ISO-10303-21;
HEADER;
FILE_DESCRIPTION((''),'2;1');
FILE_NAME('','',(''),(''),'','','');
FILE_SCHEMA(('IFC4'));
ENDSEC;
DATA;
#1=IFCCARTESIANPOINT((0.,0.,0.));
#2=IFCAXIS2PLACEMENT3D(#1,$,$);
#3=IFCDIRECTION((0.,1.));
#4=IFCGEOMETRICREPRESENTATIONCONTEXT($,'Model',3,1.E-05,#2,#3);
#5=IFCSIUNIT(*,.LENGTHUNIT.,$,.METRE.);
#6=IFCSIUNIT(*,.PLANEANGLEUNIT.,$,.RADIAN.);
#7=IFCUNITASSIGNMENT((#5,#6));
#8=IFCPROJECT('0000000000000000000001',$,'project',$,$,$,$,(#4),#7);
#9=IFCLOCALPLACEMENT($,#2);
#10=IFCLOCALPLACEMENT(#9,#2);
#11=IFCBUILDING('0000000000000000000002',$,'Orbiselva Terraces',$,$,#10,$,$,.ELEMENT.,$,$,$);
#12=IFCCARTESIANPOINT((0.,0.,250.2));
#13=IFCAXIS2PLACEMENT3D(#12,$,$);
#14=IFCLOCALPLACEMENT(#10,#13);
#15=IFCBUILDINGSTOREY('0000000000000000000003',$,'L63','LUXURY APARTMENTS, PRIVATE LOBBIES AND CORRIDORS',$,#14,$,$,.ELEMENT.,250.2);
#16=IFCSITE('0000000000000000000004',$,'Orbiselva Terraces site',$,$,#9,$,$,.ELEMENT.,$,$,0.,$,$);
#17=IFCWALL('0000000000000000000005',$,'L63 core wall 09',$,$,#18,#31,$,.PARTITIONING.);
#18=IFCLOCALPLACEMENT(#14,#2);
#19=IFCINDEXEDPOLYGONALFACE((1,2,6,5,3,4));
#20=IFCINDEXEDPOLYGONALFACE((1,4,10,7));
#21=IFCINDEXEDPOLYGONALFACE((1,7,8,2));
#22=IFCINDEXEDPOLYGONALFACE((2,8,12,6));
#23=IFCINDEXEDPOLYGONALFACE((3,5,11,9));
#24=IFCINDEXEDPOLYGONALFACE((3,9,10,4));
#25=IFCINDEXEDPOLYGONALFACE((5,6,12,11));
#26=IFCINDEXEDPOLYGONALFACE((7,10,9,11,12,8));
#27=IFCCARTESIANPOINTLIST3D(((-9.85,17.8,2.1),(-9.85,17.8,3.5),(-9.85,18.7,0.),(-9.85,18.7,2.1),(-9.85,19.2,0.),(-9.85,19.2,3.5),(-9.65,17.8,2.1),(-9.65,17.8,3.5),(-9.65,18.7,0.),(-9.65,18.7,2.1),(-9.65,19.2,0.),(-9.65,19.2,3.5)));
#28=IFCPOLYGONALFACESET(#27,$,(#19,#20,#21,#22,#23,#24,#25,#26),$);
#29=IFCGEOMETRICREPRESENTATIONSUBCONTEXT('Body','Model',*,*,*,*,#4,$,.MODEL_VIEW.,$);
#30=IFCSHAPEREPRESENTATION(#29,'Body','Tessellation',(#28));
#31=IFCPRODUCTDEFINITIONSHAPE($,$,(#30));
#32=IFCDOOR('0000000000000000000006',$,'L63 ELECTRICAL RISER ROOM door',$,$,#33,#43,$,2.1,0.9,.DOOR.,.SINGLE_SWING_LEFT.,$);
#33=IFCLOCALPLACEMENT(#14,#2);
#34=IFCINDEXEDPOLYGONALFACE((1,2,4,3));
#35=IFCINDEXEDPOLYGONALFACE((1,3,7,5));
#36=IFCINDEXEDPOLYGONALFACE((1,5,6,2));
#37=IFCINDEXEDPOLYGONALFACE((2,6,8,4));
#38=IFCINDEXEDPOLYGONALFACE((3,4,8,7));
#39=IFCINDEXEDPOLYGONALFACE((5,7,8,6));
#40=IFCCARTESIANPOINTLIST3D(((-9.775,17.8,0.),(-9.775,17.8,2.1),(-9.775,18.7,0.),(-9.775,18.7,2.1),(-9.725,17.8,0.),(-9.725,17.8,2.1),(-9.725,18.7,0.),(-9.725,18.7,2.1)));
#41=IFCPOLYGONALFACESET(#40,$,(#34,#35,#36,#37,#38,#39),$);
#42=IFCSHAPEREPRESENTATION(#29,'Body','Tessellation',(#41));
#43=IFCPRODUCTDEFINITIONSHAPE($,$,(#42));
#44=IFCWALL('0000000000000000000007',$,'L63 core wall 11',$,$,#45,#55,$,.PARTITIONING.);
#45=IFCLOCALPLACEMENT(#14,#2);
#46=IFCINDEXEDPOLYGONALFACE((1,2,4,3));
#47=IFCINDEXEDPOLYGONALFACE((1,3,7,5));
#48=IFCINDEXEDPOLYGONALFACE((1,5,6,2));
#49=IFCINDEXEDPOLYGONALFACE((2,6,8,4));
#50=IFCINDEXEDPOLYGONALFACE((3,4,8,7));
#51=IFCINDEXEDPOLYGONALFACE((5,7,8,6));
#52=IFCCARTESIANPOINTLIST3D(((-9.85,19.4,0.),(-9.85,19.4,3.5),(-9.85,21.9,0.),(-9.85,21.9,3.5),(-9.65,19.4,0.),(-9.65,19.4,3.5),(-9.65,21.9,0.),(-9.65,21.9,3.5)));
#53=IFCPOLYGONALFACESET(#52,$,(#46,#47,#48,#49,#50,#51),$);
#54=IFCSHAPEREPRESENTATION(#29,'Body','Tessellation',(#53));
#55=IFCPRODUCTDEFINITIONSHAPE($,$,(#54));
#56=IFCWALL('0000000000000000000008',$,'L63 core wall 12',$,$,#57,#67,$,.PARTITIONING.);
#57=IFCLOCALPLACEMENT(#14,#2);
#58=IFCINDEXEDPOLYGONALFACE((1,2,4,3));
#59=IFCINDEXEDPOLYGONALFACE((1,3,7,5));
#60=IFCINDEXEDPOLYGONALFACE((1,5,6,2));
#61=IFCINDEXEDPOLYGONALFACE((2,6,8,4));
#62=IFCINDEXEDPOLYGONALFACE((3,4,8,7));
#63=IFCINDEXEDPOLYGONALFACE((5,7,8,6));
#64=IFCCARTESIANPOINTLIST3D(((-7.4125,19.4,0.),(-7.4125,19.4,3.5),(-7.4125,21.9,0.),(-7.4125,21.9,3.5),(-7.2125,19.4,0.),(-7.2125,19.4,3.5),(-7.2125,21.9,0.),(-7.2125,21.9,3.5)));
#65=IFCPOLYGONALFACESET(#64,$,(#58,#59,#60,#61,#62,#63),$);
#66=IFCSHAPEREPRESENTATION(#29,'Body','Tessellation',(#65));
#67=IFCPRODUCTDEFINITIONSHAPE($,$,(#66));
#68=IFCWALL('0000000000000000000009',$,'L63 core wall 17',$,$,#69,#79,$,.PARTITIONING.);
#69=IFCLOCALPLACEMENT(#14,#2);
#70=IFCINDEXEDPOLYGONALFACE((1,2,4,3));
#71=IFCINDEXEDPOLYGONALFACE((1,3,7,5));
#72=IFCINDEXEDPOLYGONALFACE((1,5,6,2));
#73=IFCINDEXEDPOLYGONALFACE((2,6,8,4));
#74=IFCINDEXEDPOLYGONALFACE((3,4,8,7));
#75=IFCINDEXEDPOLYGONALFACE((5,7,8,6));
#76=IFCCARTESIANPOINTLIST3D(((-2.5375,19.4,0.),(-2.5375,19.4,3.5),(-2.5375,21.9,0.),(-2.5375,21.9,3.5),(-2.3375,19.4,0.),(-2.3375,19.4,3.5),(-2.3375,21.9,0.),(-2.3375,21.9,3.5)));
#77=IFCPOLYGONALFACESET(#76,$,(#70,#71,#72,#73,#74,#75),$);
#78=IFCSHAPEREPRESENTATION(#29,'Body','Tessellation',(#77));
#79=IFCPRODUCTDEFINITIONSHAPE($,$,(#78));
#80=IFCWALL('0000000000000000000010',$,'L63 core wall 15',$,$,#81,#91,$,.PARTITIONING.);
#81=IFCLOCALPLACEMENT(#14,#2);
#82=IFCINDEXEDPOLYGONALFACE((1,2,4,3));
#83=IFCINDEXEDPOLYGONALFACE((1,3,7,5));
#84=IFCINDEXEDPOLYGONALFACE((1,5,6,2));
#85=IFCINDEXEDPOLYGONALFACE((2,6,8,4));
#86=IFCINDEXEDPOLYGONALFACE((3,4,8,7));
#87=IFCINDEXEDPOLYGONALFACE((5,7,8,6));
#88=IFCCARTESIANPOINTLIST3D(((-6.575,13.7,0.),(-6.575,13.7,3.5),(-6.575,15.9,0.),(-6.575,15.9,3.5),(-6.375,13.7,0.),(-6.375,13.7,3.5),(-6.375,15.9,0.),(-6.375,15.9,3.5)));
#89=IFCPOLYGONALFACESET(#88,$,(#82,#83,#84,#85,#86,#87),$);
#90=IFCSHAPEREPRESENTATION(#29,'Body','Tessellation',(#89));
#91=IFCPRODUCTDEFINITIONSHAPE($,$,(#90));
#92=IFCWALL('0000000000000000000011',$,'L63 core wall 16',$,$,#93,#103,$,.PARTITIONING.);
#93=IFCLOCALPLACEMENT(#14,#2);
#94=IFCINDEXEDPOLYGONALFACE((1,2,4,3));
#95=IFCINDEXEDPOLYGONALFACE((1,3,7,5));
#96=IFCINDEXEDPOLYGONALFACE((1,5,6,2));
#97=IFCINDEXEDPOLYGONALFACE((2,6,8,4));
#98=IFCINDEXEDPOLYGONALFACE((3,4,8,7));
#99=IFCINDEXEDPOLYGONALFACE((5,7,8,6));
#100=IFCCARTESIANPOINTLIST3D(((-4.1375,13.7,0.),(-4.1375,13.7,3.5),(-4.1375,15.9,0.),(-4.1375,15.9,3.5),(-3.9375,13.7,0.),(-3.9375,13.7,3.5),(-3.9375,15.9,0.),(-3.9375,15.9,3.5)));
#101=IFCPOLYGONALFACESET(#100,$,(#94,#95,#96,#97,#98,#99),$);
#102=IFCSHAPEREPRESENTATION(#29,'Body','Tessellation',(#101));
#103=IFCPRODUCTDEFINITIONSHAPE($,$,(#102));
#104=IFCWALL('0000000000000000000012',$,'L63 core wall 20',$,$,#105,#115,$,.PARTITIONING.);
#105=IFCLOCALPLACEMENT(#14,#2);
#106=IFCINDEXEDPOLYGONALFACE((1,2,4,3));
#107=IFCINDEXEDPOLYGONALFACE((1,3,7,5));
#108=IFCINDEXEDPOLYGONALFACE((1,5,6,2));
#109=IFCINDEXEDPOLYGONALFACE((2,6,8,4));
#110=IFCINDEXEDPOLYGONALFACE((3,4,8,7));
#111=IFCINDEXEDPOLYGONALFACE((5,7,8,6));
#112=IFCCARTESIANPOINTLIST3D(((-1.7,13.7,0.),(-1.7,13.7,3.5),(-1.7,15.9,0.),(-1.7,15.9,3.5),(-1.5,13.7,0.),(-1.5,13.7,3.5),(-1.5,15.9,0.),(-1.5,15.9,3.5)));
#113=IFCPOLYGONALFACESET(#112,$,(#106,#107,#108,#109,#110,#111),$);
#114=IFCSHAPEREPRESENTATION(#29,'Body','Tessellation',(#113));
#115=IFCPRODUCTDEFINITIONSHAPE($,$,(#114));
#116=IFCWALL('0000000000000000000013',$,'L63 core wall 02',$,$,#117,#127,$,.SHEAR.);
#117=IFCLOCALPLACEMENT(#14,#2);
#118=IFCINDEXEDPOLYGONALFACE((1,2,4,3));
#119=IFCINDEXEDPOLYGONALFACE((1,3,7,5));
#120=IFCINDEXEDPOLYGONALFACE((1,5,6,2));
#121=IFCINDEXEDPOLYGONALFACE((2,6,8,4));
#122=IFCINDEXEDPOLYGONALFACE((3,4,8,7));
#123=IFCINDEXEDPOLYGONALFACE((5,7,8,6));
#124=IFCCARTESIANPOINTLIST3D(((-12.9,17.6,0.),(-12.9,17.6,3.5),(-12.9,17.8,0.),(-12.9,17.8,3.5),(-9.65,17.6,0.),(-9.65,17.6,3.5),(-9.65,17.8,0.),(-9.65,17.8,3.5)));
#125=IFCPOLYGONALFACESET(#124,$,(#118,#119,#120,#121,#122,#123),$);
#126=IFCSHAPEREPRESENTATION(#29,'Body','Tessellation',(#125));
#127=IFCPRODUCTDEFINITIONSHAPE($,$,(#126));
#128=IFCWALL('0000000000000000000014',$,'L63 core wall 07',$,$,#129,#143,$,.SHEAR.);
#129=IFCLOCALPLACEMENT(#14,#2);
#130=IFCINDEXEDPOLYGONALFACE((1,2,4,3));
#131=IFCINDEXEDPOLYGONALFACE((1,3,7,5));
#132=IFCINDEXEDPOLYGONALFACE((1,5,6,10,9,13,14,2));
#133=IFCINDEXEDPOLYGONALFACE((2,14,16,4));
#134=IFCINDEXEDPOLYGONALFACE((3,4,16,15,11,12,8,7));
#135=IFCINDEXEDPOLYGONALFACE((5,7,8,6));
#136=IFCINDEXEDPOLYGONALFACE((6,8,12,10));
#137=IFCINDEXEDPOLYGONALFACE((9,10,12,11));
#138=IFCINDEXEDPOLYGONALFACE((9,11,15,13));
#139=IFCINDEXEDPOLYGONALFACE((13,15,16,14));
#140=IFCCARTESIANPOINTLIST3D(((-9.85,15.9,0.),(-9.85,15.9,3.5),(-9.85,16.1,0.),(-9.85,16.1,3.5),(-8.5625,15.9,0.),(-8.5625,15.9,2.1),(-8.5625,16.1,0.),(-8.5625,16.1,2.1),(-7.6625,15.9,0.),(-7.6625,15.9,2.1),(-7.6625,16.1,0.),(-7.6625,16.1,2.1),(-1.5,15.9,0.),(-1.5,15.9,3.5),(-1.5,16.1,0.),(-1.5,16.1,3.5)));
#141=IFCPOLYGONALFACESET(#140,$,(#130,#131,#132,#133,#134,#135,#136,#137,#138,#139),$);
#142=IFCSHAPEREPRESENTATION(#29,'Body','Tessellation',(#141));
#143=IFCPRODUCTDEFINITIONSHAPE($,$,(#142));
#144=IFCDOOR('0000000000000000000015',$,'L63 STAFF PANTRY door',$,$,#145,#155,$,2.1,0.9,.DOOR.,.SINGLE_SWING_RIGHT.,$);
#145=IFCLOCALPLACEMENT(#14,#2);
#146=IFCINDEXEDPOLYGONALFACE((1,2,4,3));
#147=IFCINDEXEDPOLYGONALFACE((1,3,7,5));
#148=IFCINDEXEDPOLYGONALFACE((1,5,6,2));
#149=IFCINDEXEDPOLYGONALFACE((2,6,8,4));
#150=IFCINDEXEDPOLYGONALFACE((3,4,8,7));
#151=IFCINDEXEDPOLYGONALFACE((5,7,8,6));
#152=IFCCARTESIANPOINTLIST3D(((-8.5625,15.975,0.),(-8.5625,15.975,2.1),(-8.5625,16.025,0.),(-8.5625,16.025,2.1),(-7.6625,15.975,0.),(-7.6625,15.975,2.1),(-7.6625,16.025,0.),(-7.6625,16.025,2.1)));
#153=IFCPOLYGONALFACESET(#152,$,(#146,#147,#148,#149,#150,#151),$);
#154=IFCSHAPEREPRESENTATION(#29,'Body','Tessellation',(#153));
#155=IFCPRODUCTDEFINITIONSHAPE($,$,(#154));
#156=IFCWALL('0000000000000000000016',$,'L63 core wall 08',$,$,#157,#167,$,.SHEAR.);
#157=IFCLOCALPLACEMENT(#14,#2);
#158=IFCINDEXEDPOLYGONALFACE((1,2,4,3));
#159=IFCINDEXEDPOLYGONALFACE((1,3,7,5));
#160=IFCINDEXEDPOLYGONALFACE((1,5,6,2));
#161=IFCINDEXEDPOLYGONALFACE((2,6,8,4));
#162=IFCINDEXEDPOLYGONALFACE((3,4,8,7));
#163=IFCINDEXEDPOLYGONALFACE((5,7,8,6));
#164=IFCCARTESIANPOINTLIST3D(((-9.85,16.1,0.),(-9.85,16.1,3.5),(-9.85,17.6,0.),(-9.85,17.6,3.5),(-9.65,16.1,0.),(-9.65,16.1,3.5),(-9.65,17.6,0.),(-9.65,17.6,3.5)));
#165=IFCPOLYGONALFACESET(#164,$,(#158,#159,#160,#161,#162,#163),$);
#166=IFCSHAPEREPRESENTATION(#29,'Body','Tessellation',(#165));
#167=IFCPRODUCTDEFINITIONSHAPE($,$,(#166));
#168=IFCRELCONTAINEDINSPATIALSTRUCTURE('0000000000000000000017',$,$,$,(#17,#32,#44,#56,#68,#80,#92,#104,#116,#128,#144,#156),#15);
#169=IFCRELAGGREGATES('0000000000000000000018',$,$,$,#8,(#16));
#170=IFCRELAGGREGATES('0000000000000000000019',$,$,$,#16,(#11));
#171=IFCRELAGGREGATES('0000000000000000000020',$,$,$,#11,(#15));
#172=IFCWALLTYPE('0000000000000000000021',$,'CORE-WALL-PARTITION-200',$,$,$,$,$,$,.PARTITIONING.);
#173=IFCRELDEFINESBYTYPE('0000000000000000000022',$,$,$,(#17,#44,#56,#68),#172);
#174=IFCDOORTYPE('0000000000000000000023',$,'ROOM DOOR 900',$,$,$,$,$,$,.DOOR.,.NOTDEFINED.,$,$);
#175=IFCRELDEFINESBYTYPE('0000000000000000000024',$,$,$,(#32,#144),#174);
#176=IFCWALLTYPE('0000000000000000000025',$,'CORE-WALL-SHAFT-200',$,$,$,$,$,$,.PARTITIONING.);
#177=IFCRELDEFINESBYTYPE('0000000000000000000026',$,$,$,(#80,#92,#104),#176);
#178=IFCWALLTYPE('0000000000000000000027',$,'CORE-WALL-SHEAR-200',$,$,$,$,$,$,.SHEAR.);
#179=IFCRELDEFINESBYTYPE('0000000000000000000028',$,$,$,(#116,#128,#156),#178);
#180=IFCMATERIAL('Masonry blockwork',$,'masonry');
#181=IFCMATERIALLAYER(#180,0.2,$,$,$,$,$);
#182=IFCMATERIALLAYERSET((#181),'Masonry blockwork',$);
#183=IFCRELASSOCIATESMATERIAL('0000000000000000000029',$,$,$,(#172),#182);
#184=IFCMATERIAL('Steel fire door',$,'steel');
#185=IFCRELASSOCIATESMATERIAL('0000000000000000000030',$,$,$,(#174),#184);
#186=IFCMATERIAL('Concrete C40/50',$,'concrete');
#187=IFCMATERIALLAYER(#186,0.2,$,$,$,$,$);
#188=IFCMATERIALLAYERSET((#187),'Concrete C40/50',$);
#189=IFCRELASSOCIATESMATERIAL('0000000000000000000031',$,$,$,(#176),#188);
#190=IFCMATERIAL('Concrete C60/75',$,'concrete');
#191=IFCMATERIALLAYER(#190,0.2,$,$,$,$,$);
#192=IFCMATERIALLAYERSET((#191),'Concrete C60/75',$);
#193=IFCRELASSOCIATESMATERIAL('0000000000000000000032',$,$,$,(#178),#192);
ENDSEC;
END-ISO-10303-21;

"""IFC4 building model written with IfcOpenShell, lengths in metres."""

from ifc_helpers import new_model, si_unit, direction, frame, frame_2d, origin, place, context, subcontext, project, spatial, rectangle, extrude, material, layer, layer_set, type_object, element, fill, save


model = new_model("IFC4")

# Units and contexts
model_context = context("Model", 3, precision=1e-05, world=origin(), true_north=direction((0.0, 1.0)))
body_context = subcontext(model_context, "Body", "Model", "MODEL_VIEW")
ifc_project = project(units=[si_unit("LENGTHUNIT", "METRE"), si_unit("PLANEANGLEUNIT", "RADIAN")], contexts=[model_context])

# Site, building, storey
site_placement = place(None, origin())
site = spatial("IfcSite", under=ifc_project, at=site_placement, Name="Orbiselva Terraces site", CompositionType="ELEMENT", RefElevation=0.0)
building_placement = place(site_placement, origin())
building = spatial("IfcBuilding", under=site, at=building_placement, Name="Orbiselva Terraces", CompositionType="ELEMENT")
storey_placement = place(building_placement, frame((0.0, 0.0, 250.2)))
storey = spatial("IfcBuildingStorey", under=building, at=storey_placement, Name="L63", Description="LUXURY APARTMENTS, PRIVATE LOBBIES AND CORRIDORS", CompositionType="ELEMENT", Elevation=250.2)

# Wall, opening, door
ifc_material_1 = material(Name="Masonry blockwork", Category="masonry")
ifc_layer_1 = layer(ifc_material_1, 0.2)
ifc_layer_set_1 = layer_set([ifc_layer_1], Name="Masonry blockwork")
wall_type_1 = type_object("IfcWallType", Name="CORE-WALL-PARTITION-200", PredefinedType="PARTITIONING", material=ifc_layer_set_1)
wall_1_placement = place(storey_placement, frame((-9.75, 17.8, 0.0), z_axis=(0.0, 0.0, 1.0), x_axis=(0.0, 1.0, 0.0)))
wall_1 = element("IfcWall", 1, at=wall_1_placement, inside=storey, type_object=wall_type_1, Name="L63 core wall 09", PredefinedType="PARTITIONING", context=body_context, shape_type="SweptSolid", body=[
    extrude(rectangle(XDim=1.4, YDim=0.2, at=frame_2d((0.7, 0.0))), origin(), (0.0, 0.0, 1.0), 3.5),
])
opening_1_placement = place(wall_1_placement, origin())
opening_1 = element("IfcOpeningElement", 2, at=opening_1_placement, cuts=wall_1, PredefinedType="OPENING", context=body_context, shape_type="SweptSolid", body=[
    extrude(rectangle(XDim=0.9, YDim=2.1, at=frame_2d((0.45, 1.05))), frame((0.0, 0.11, 0.0), z_axis=(0.0, -1.0, 0.0), x_axis=(1.0, 0.0, 0.0)), (0.0, 0.0, 1.0), 0.22),
])
ifc_material_2 = material(Name="Steel fire door", Category="steel")
door_type_1 = type_object("IfcDoorType", Name="ROOM DOOR 900", OperationType="NOTDEFINED", PredefinedType="DOOR", material=ifc_material_2)
door_1_placement = place(opening_1_placement, origin())
door_1 = element("IfcDoor", 3, at=door_1_placement, inside=storey, type_object=door_type_1, Name="L63 ELECTRICAL RISER ROOM door", OperationType="SINGLE_SWING_LEFT", OverallHeight=2.1, OverallWidth=0.9, PredefinedType="DOOR", context=body_context, shape_type="SweptSolid", body=[
    extrude(rectangle(XDim=0.9, YDim=2.1, at=frame_2d((0.45, 1.05))), frame((0.0, 0.025, 0.0), z_axis=(0.0, -1.0, 0.0), x_axis=(1.0, 0.0, 0.0)), (0.0, 0.0, 1.0), 0.05),
])
fill(opening_1, door_1)

# Walls
for number, where, z_axis, x_axis, name in (
    (4, (-9.75, 19.4, 0.0), (0.0, 0.0, 1.0), (0.0, 1.0, 0.0), "L63 core wall 11"),
    (5, (-7.3125, 19.4, 0.0), (0.0, 0.0, 1.0), (0.0, 1.0, 0.0), "L63 core wall 12"),
    (6, (-2.4375, 19.4, 0.0), (0.0, 0.0, 1.0), (0.0, 1.0, 0.0), "L63 core wall 17"),
):
    element("IfcWall", number, at=place(storey_placement, frame(where, z_axis=z_axis, x_axis=x_axis)), inside=storey, type_object=wall_type_1, Name=name, PredefinedType="PARTITIONING", context=body_context, shape_type="SweptSolid", body=[
        extrude(rectangle(XDim=2.5, YDim=0.2, at=frame_2d((1.25, 0.0))), origin(), (0.0, 0.0, 1.0), 3.5),
    ])
ifc_material_3 = material(Name="Concrete C40/50", Category="concrete")
ifc_layer_2 = layer(ifc_material_3, 0.2)
ifc_layer_set_2 = layer_set([ifc_layer_2], Name="Concrete C40/50")
wall_type_2 = type_object("IfcWallType", Name="CORE-WALL-SHAFT-200", PredefinedType="PARTITIONING", material=ifc_layer_set_2)
for number, where, z_axis, x_axis, name in (
    (7, (-6.475, 13.7, 0.0), (0.0, 0.0, 1.0), (0.0, 1.0, 0.0), "L63 core wall 15"),
    (8, (-4.0375, 13.7, 0.0), (0.0, 0.0, 1.0), (0.0, 1.0, 0.0), "L63 core wall 16"),
    (9, (-1.6, 13.7, 0.0), (0.0, 0.0, 1.0), (0.0, 1.0, 0.0), "L63 core wall 20"),
):
    element("IfcWall", number, at=place(storey_placement, frame(where, z_axis=z_axis, x_axis=x_axis)), inside=storey, type_object=wall_type_2, Name=name, PredefinedType="PARTITIONING", context=body_context, shape_type="SweptSolid", body=[
        extrude(rectangle(XDim=2.2, YDim=0.2, at=frame_2d((1.1, 0.0))), origin(), (0.0, 0.0, 1.0), 3.5),
    ])
ifc_material_4 = material(Name="Concrete C60/75", Category="concrete")
ifc_layer_3 = layer(ifc_material_4, 0.2)
ifc_layer_set_3 = layer_set([ifc_layer_3], Name="Concrete C60/75")
wall_type_3 = type_object("IfcWallType", Name="CORE-WALL-SHEAR-200", PredefinedType="SHEAR", material=ifc_layer_set_3)
wall_2_placement = place(storey_placement, frame((-12.9, 17.7, 0.0), z_axis=(0.0, 0.0, 1.0), x_axis=(1.0, 0.0, 0.0)))
element("IfcWall", 10, at=wall_2_placement, inside=storey, type_object=wall_type_3, Name="L63 core wall 02", PredefinedType="SHEAR", context=body_context, shape_type="SweptSolid", body=[
    extrude(rectangle(XDim=3.25, YDim=0.2, at=frame_2d((1.625, 0.0))), origin(), (0.0, 0.0, 1.0), 3.5),
])

# Wall, opening, door
wall_3_placement = place(storey_placement, frame((-1.5, 16.0, 0.0), z_axis=(0.0, 0.0, 1.0), x_axis=(-1.0, 0.0, 0.0)))
wall_3 = element("IfcWall", 11, at=wall_3_placement, inside=storey, type_object=wall_type_3, Name="L63 core wall 07", PredefinedType="SHEAR", context=body_context, shape_type="SweptSolid", body=[
    extrude(rectangle(XDim=8.35, YDim=0.2, at=frame_2d((4.175, 0.0))), origin(), (0.0, 0.0, 1.0), 3.5),
])
opening_2_placement = place(wall_3_placement, frame((6.1625, 0.0, 0.0)))
opening_2 = element("IfcOpeningElement", 12, at=opening_2_placement, cuts=wall_3, PredefinedType="OPENING", context=body_context, shape_type="SweptSolid", body=[
    extrude(rectangle(XDim=0.9, YDim=2.1, at=frame_2d((0.45, 1.05))), frame((0.0, 0.11, 0.0), z_axis=(0.0, -1.0, 0.0), x_axis=(1.0, 0.0, 0.0)), (0.0, 0.0, 1.0), 0.22),
])
door_2_placement = place(opening_2_placement, origin())
door_2 = element("IfcDoor", 13, at=door_2_placement, inside=storey, type_object=door_type_1, Name="L63 STAFF PANTRY door", OperationType="SINGLE_SWING_RIGHT", OverallHeight=2.1, OverallWidth=0.9, PredefinedType="DOOR", context=body_context, shape_type="SweptSolid", body=[
    extrude(rectangle(XDim=0.9, YDim=2.1, at=frame_2d((0.45, 1.05))), frame((0.0, 0.025, 0.0), z_axis=(0.0, -1.0, 0.0), x_axis=(1.0, 0.0, 0.0)), (0.0, 0.0, 1.0), 0.05),
])
fill(opening_2, door_2)

# Wall
wall_4_placement = place(storey_placement, frame((-9.75, 16.1, 0.0), z_axis=(0.0, 0.0, 1.0), x_axis=(0.0, 1.0, 0.0)))
element("IfcWall", 14, at=wall_4_placement, inside=storey, type_object=wall_type_3, Name="L63 core wall 08", PredefinedType="SHEAR", context=body_context, shape_type="SweptSolid", body=[
    extrude(rectangle(XDim=1.5, YDim=0.2, at=frame_2d((0.75, 0.0))), origin(), (0.0, 0.0, 1.0), 3.5),
])

save(model, "model.ifc")
